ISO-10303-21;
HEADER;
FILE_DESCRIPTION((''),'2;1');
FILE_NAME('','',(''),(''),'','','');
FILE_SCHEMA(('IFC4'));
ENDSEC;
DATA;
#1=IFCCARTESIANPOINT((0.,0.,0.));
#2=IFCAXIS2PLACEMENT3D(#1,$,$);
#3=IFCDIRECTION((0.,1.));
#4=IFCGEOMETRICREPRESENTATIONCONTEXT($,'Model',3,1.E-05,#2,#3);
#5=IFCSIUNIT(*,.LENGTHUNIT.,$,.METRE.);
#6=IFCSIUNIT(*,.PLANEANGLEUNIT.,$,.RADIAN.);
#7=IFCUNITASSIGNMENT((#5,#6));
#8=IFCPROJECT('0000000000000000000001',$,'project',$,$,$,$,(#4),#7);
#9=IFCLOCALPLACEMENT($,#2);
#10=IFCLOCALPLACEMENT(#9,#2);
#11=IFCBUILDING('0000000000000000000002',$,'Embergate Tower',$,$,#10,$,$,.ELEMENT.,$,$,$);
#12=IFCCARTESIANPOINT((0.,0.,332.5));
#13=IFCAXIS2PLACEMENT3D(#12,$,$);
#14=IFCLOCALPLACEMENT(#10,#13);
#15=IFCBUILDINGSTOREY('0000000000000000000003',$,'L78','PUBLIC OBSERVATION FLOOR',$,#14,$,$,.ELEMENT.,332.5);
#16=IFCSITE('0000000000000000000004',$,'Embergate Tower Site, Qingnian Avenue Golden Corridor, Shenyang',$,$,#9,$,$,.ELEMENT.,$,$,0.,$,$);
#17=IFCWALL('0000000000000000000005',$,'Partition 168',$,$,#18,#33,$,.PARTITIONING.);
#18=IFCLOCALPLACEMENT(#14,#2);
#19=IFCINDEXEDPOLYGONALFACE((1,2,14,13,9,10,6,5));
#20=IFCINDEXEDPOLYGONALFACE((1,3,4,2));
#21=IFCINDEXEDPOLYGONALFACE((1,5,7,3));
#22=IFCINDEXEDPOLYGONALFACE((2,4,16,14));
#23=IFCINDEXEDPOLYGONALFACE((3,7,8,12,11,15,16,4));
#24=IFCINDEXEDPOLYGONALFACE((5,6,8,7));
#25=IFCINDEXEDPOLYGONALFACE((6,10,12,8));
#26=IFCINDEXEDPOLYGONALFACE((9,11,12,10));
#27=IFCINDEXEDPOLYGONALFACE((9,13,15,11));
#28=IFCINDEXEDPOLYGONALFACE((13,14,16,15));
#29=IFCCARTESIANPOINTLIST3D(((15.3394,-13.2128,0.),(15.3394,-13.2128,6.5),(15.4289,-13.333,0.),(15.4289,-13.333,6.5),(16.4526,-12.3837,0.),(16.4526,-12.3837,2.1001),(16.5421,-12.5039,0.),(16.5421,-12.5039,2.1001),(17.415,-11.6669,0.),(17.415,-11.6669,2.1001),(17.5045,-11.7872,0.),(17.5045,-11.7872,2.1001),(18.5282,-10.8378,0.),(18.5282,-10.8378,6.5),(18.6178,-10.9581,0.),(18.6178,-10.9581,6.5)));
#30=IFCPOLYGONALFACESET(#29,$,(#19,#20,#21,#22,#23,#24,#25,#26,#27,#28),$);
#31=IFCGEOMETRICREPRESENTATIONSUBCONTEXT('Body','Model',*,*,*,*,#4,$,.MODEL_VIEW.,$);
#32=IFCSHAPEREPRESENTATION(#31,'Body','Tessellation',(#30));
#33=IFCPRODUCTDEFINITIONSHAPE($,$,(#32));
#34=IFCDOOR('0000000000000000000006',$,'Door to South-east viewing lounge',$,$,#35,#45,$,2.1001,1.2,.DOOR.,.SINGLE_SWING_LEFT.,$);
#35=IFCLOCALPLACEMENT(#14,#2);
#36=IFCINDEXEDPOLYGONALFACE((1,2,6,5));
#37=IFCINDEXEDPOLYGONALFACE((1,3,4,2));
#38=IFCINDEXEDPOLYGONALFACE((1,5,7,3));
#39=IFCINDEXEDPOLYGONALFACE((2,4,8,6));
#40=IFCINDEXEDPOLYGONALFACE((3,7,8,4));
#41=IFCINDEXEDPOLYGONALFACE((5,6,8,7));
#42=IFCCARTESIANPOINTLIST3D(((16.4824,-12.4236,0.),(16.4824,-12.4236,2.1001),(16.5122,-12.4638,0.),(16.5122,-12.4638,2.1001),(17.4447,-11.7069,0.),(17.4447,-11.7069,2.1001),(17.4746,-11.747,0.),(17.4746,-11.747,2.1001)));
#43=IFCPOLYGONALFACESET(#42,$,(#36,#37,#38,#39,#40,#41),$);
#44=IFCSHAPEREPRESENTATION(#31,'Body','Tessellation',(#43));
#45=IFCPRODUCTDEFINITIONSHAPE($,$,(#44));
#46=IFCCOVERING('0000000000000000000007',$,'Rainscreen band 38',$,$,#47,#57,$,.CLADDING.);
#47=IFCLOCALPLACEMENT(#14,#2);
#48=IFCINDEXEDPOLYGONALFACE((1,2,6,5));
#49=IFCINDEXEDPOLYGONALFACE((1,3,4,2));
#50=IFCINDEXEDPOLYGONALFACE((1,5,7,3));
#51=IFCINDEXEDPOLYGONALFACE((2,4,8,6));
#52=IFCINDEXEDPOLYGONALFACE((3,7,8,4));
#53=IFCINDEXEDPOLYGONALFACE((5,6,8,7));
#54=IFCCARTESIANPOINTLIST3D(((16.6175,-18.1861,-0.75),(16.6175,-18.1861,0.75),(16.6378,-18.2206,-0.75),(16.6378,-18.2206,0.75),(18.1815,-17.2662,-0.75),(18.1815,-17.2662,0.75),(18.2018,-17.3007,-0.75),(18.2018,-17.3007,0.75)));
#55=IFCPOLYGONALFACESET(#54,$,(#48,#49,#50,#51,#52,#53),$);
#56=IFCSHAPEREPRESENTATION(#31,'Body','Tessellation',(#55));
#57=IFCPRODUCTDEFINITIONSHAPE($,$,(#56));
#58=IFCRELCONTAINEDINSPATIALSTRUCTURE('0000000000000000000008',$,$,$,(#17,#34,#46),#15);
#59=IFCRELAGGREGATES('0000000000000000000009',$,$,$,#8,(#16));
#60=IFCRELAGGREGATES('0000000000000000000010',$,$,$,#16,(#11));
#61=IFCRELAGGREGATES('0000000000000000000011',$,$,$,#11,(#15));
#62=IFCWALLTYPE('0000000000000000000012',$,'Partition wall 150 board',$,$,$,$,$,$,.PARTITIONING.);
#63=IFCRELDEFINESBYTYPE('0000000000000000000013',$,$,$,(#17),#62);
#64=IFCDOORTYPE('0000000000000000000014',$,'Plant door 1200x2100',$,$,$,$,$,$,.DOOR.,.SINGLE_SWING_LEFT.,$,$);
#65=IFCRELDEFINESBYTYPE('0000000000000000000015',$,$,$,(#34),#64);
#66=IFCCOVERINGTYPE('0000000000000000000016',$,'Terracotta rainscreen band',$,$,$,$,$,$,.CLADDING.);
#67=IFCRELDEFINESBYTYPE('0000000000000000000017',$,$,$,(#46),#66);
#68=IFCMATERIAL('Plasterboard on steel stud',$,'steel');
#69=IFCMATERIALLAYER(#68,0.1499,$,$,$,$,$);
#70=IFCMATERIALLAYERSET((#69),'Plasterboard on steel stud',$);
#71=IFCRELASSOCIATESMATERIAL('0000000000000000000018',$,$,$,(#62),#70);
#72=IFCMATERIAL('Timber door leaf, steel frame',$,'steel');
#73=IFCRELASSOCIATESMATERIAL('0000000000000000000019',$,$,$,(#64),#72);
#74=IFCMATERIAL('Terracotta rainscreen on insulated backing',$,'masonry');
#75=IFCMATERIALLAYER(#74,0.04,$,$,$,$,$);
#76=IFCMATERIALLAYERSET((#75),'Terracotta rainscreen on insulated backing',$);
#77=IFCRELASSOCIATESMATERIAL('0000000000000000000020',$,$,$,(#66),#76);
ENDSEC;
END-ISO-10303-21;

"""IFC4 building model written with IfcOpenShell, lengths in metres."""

from ifc_helpers import new_model, si_unit, direction, frame, frame_2d, origin, origin_2d, place, context, subcontext, project, spatial, rectangle, extrude, source, transform, mapped, material, layer, layer_set, type_object, element, fill, save


model = new_model("IFC4")

# Units and contexts
model_context = context("Model", 3, precision=1e-05, world=origin(), true_north=direction((0.0, 1.0)))
body_context = subcontext(model_context, "Body", "Model", "MODEL_VIEW")
ifc_project = project(units=[si_unit("LENGTHUNIT", "METRE"), si_unit("PLANEANGLEUNIT", "RADIAN")], contexts=[model_context])

# Site, building, storey
site_placement = place(None, origin())
site = spatial("IfcSite", under=ifc_project, at=site_placement, Name="Embergate Tower Site, Qingnian Avenue Golden Corridor, Shenyang", CompositionType="ELEMENT", RefElevation=0.0)
building_placement = place(site_placement, origin())
building = spatial("IfcBuilding", under=site, at=building_placement, Name="Embergate Tower", CompositionType="ELEMENT")
storey_placement = place(building_placement, frame((0.0, 0.0, 332.5)))
storey = spatial("IfcBuildingStorey", under=building, at=storey_placement, Name="L78", Description="PUBLIC OBSERVATION FLOOR", CompositionType="ELEMENT", Elevation=332.5)

# Shared definitions
ifc_material_1 = material(Name="Plasterboard on steel stud", Category="steel")
ifc_layer_1 = layer(ifc_material_1, 0.1499)
ifc_layer_set_1 = layer_set([ifc_layer_1], Name="Plasterboard on steel stud")
wall_type = type_object("IfcWallType", Name="Partition wall 150 board", PredefinedType="PARTITIONING", material=ifc_layer_set_1)

# Wall, opening, door
shared_shape_1 = source(origin(), body_context, "Body", "SweptSolid", [
    extrude(rectangle(XDim=3.9761, YDim=0.1499, at=frame_2d((1.988, 0.0))), origin(), (0.0, 0.0, 1.0), 6.5),
])
wall_1_placement = place(storey_placement, frame((18.573, -10.8979, 0.0), z_axis=(0.0, 0.0, 1.0), x_axis=(-0.802014, -0.597305, 0.0)))
wall_1 = element("IfcWall", 1, at=wall_1_placement, inside=storey, type_object=wall_type, Name="Partition 168", PredefinedType="PARTITIONING", context=body_context, shape_type="MappedRepresentation", body=[
    mapped(shared_shape_1, transform((0.0, 0.0, 0.0))),
])
shared_shape_2 = source(origin(), body_context, "Body", "SweptSolid", [
    extrude(rectangle(XDim=1.2, YDim=2.1001, at=frame_2d((0.6001, 1.05))), frame((0.0, 0.085, 0.0), z_axis=(0.0, -1.0, 0.0), x_axis=(1.0, 0.0, 0.0)), (0.0, 0.0, 1.0), 0.1699),
])
opening_placement = place(wall_1_placement, frame((1.3879, 0.0, 0.0)))
opening = element("IfcOpeningElement", 2, at=opening_placement, cuts=wall_1, PredefinedType="OPENING", context=body_context, shape_type="MappedRepresentation", body=[
    mapped(shared_shape_2, transform((0.0, 0.0, 0.0))),
])
ifc_material_2 = material(Name="Timber door leaf, steel frame", Category="steel")
door_type = type_object("IfcDoorType", Name="Plant door 1200x2100", OperationType="SINGLE_SWING_LEFT", PredefinedType="DOOR", material=ifc_material_2)
shared_shape_3 = source(origin(), body_context, "Body", "SweptSolid", [
    extrude(rectangle(XDim=1.2, YDim=2.1001, at=frame_2d((0.6001, 1.05))), frame((0.0, 0.0249, 0.0), z_axis=(0.0, -1.0, 0.0), x_axis=(1.0, 0.0, 0.0)), (0.0, 0.0, 1.0), 0.05),
])
door_placement = place(opening_placement, origin())
door = element("IfcDoor", 3, at=door_placement, inside=storey, type_object=door_type, Name="Door to South-east viewing lounge", OperationType="SINGLE_SWING_LEFT", OverallHeight=2.1001, OverallWidth=1.2, PredefinedType="DOOR", context=body_context, shape_type="MappedRepresentation", body=[
    mapped(shared_shape_3, transform((0.0, 0.0, 0.0))),
])
fill(opening, door)

# Covering
ifc_material_3 = material(Name="Terracotta rainscreen on insulated backing", Category="masonry")
ifc_layer_2 = layer(ifc_material_3, 0.04)
ifc_layer_set_2 = layer_set([ifc_layer_2], Name="Terracotta rainscreen on insulated backing")
covering_type = type_object("IfcCoveringType", Name="Terracotta rainscreen band", PredefinedType="CLADDING", material=ifc_layer_set_2)
shared_shape_4 = source(origin(), body_context, "Body", "SweptSolid", [
    extrude(rectangle(XDim=1.8145, YDim=0.04, at=origin_2d()), origin(), (0.0, 0.0, 1.0), 1.5),
])
covering_placement = place(storey_placement, frame((17.4097, -17.7434, -0.75), z_axis=(0.0, 0.0, 1.0), x_axis=(0.861935, 0.507019, 0.0)))
element("IfcCovering", 4, at=covering_placement, inside=storey, type_object=covering_type, Name="Rainscreen band 38", PredefinedType="CLADDING", context=body_context, shape_type="MappedRepresentation", body=[
    mapped(shared_shape_4, transform((0.0, 0.0, 0.0))),
])

save(model, "model.ifc")
